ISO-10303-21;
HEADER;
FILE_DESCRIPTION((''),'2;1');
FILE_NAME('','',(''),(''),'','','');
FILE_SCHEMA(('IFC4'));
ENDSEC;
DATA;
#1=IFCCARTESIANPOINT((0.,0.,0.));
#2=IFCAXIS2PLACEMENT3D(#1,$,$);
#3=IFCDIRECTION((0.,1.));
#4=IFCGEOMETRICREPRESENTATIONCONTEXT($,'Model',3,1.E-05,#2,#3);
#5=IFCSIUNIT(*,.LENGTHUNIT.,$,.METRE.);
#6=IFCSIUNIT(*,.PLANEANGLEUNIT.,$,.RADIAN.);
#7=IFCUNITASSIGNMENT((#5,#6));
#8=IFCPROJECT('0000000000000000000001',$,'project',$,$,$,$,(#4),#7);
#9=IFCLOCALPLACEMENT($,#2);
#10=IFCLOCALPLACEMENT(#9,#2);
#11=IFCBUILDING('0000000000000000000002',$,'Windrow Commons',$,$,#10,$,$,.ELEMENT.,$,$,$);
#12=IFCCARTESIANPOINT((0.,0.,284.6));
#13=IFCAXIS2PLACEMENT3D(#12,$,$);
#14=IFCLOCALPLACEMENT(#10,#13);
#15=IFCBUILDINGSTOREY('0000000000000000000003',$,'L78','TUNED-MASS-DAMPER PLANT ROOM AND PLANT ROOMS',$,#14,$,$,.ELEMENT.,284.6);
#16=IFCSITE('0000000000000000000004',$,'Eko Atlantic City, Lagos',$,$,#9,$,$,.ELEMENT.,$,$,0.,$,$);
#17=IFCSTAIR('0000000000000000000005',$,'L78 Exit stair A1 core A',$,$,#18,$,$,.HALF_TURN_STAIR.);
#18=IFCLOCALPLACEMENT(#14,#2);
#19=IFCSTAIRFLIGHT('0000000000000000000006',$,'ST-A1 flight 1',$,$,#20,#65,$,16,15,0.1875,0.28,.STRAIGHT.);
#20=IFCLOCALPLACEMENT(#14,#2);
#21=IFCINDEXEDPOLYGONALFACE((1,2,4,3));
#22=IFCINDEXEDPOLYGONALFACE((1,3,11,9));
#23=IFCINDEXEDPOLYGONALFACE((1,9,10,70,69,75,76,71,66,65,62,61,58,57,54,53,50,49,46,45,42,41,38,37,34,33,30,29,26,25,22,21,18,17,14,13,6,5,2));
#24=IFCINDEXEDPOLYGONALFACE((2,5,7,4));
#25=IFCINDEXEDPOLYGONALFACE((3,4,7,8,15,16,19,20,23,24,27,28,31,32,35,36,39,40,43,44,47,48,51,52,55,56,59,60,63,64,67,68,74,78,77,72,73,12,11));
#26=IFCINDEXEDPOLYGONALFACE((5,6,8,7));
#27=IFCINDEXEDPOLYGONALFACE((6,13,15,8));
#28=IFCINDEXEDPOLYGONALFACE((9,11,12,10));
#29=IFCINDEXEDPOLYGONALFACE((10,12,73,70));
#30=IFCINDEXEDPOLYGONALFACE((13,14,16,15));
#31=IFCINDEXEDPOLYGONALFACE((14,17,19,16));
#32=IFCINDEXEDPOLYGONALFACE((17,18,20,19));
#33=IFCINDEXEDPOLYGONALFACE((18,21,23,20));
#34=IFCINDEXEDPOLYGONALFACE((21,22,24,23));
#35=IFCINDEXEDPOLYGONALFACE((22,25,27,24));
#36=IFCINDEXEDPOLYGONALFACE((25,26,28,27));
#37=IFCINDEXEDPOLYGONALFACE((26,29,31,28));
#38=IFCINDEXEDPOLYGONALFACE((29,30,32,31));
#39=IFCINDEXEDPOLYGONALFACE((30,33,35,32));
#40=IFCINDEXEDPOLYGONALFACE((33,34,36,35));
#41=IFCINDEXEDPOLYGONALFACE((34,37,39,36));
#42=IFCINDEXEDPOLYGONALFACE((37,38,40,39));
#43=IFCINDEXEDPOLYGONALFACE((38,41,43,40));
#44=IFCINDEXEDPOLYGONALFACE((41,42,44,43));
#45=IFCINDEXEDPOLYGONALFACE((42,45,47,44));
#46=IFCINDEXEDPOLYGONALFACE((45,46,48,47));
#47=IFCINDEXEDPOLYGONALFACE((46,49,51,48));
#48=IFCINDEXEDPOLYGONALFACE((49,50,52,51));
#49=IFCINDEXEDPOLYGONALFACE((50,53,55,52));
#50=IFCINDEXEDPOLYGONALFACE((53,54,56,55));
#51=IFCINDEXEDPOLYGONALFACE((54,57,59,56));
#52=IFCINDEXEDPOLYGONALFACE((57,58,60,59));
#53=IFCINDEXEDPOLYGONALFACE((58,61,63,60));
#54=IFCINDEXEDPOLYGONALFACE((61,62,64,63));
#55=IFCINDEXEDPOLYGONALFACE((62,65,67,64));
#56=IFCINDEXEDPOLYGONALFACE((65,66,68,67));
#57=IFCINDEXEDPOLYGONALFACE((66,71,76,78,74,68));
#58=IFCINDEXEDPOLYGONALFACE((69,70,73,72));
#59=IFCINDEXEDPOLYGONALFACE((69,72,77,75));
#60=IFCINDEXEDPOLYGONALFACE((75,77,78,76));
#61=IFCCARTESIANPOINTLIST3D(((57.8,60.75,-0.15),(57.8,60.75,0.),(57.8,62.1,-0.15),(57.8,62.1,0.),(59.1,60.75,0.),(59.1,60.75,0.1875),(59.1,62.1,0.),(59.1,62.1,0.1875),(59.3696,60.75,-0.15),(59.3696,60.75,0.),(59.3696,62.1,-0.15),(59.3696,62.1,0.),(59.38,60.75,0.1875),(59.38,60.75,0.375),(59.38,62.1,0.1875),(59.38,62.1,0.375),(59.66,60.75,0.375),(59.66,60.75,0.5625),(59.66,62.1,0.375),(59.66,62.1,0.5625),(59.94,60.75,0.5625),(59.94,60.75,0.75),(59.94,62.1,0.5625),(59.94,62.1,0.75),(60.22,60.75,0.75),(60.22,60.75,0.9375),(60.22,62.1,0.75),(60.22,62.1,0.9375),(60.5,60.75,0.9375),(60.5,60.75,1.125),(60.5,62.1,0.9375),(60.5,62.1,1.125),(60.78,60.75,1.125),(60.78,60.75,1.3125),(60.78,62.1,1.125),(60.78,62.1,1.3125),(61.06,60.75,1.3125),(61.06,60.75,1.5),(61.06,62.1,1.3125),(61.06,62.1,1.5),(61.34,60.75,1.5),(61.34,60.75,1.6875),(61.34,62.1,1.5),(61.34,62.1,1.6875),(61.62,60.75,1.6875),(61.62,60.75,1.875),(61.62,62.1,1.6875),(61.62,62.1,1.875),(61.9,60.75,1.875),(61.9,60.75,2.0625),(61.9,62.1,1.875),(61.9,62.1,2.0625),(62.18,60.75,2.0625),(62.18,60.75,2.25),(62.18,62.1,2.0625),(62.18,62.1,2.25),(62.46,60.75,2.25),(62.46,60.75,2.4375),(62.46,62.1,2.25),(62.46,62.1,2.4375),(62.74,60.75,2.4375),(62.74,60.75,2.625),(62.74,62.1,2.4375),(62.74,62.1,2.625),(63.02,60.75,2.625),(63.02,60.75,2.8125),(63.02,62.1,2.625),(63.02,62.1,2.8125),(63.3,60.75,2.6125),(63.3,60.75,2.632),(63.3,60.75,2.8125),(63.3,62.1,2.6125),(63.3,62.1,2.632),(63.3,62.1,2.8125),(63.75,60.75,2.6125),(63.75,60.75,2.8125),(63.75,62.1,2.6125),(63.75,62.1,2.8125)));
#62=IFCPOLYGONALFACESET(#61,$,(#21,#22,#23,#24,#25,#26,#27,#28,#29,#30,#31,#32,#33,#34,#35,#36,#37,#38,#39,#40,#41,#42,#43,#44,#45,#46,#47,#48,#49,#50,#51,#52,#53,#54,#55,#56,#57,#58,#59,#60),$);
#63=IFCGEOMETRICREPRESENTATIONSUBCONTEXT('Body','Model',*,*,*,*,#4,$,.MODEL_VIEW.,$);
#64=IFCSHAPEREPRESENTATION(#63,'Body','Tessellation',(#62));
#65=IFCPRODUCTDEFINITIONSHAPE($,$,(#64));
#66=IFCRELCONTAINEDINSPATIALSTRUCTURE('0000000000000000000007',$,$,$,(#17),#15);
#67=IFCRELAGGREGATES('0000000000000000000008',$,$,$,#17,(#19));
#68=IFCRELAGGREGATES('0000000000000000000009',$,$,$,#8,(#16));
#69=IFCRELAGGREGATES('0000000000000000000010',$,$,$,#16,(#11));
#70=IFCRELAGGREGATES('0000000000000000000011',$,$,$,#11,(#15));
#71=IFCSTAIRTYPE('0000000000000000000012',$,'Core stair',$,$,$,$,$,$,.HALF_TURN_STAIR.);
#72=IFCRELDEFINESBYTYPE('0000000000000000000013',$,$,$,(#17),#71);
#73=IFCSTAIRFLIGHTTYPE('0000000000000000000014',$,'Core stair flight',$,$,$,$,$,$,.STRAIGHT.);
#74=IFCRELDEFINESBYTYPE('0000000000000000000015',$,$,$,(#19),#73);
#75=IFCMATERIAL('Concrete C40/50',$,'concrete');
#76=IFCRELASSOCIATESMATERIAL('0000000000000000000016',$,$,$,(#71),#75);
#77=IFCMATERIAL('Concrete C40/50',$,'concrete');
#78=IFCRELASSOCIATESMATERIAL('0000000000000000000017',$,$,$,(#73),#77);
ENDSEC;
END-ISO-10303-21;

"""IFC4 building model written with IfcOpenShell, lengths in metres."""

from ifc_helpers import new_model, si_unit, direction, frame, origin, place, context, subcontext, project, spatial, polyline, outline, extrude, material, type_object, element, aggregate, save


model = new_model("IFC4")

# Units and contexts
model_context = context("Model", 3, precision=1e-05, world=origin(), true_north=direction((0.0, 1.0)))
body_context = subcontext(model_context, "Body", "Model", "MODEL_VIEW")
ifc_project = project(units=[si_unit("LENGTHUNIT", "METRE"), si_unit("PLANEANGLEUNIT", "RADIAN")], contexts=[model_context])

# Site, building, storey
site_placement = place(None, origin())
site = spatial("IfcSite", under=ifc_project, at=site_placement, Name="Eko Atlantic City, Lagos", CompositionType="ELEMENT", RefElevation=0.0)
building_placement = place(site_placement, origin())
building = spatial("IfcBuilding", under=site, at=building_placement, Name="Windrow Commons", CompositionType="ELEMENT")
storey_placement = place(building_placement, frame((0.0, 0.0, 284.6)))
storey = spatial("IfcBuildingStorey", under=building, at=storey_placement, Name="L78", Description="TUNED-MASS-DAMPER PLANT ROOM AND PLANT ROOMS", CompositionType="ELEMENT", Elevation=284.6)

# Shared definitions
placement = place(storey_placement, origin())

# Stair, stair flight
ifc_material_1 = material(Name="Concrete C40/50", Category="concrete")
stair_type = type_object("IfcStairType", Name="Core stair", PredefinedType="HALF_TURN_STAIR", material=ifc_material_1)
stair = element("IfcStair", 1, at=placement, inside=storey, type_object=stair_type, Name="L78 Exit stair A1 core A", PredefinedType="HALF_TURN_STAIR")
ifc_material_2 = material(Name="Concrete C40/50", Category="concrete")
stair_flight_type = type_object("IfcStairFlightType", Name="Core stair flight", PredefinedType="STRAIGHT", material=ifc_material_2)
stair_flight_placement = place(storey_placement, frame((59.1, 61.425, 0.0), z_axis=(0.0, 0.0, 1.0), x_axis=(1.0, 0.0, 0.0)))
stair_flight = element("IfcStairFlight", 2, at=stair_flight_placement, type_object=stair_flight_type, Name="ST-A1 flight 1", NumberOfRisers=16, NumberOfTreads=15, PredefinedType="STRAIGHT", RiserHeight=0.1875, TreadLength=0.28, context=body_context, shape_type="SweptSolid", body=[
    extrude(outline(polyline([(-1.3, -0.15), (-1.3, 0.0), (0.0, 0.0), (0.0, 0.1875), (0.28, 0.1875), (0.28, 0.375), (0.56, 0.375), (0.56, 0.5625), (0.84, 0.5625), (0.84, 0.75), (1.12, 0.75), (1.12, 0.9375), (1.4, 0.9375), (1.4, 1.125), (1.68, 1.125), (1.68, 1.3125), (1.96, 1.3125), (1.96, 1.5), (2.24, 1.5), (2.24, 1.6875), (2.52, 1.6875), (2.52, 1.875), (2.8, 1.875), (2.8, 2.0625), (3.08, 2.0625), (3.08, 2.25), (3.36, 2.25), (3.36, 2.4375), (3.64, 2.4375), (3.64, 2.625), (3.92, 2.625), (3.92, 2.8125), (4.2, 2.8125), (4.65, 2.8125), (4.65, 2.6125), (4.2, 2.6125), (4.2, 2.632), (0.2696, 0.0), (0.2696, -0.15), (-1.3, -0.15)])), frame((0.0, 0.675, 0.0), z_axis=(0.0, -1.0, 0.0), x_axis=(1.0, 0.0, 0.0)), (0.0, 0.0, 1.0), 1.35),
])
aggregate(stair, [stair_flight])

save(model, "model.ifc")
